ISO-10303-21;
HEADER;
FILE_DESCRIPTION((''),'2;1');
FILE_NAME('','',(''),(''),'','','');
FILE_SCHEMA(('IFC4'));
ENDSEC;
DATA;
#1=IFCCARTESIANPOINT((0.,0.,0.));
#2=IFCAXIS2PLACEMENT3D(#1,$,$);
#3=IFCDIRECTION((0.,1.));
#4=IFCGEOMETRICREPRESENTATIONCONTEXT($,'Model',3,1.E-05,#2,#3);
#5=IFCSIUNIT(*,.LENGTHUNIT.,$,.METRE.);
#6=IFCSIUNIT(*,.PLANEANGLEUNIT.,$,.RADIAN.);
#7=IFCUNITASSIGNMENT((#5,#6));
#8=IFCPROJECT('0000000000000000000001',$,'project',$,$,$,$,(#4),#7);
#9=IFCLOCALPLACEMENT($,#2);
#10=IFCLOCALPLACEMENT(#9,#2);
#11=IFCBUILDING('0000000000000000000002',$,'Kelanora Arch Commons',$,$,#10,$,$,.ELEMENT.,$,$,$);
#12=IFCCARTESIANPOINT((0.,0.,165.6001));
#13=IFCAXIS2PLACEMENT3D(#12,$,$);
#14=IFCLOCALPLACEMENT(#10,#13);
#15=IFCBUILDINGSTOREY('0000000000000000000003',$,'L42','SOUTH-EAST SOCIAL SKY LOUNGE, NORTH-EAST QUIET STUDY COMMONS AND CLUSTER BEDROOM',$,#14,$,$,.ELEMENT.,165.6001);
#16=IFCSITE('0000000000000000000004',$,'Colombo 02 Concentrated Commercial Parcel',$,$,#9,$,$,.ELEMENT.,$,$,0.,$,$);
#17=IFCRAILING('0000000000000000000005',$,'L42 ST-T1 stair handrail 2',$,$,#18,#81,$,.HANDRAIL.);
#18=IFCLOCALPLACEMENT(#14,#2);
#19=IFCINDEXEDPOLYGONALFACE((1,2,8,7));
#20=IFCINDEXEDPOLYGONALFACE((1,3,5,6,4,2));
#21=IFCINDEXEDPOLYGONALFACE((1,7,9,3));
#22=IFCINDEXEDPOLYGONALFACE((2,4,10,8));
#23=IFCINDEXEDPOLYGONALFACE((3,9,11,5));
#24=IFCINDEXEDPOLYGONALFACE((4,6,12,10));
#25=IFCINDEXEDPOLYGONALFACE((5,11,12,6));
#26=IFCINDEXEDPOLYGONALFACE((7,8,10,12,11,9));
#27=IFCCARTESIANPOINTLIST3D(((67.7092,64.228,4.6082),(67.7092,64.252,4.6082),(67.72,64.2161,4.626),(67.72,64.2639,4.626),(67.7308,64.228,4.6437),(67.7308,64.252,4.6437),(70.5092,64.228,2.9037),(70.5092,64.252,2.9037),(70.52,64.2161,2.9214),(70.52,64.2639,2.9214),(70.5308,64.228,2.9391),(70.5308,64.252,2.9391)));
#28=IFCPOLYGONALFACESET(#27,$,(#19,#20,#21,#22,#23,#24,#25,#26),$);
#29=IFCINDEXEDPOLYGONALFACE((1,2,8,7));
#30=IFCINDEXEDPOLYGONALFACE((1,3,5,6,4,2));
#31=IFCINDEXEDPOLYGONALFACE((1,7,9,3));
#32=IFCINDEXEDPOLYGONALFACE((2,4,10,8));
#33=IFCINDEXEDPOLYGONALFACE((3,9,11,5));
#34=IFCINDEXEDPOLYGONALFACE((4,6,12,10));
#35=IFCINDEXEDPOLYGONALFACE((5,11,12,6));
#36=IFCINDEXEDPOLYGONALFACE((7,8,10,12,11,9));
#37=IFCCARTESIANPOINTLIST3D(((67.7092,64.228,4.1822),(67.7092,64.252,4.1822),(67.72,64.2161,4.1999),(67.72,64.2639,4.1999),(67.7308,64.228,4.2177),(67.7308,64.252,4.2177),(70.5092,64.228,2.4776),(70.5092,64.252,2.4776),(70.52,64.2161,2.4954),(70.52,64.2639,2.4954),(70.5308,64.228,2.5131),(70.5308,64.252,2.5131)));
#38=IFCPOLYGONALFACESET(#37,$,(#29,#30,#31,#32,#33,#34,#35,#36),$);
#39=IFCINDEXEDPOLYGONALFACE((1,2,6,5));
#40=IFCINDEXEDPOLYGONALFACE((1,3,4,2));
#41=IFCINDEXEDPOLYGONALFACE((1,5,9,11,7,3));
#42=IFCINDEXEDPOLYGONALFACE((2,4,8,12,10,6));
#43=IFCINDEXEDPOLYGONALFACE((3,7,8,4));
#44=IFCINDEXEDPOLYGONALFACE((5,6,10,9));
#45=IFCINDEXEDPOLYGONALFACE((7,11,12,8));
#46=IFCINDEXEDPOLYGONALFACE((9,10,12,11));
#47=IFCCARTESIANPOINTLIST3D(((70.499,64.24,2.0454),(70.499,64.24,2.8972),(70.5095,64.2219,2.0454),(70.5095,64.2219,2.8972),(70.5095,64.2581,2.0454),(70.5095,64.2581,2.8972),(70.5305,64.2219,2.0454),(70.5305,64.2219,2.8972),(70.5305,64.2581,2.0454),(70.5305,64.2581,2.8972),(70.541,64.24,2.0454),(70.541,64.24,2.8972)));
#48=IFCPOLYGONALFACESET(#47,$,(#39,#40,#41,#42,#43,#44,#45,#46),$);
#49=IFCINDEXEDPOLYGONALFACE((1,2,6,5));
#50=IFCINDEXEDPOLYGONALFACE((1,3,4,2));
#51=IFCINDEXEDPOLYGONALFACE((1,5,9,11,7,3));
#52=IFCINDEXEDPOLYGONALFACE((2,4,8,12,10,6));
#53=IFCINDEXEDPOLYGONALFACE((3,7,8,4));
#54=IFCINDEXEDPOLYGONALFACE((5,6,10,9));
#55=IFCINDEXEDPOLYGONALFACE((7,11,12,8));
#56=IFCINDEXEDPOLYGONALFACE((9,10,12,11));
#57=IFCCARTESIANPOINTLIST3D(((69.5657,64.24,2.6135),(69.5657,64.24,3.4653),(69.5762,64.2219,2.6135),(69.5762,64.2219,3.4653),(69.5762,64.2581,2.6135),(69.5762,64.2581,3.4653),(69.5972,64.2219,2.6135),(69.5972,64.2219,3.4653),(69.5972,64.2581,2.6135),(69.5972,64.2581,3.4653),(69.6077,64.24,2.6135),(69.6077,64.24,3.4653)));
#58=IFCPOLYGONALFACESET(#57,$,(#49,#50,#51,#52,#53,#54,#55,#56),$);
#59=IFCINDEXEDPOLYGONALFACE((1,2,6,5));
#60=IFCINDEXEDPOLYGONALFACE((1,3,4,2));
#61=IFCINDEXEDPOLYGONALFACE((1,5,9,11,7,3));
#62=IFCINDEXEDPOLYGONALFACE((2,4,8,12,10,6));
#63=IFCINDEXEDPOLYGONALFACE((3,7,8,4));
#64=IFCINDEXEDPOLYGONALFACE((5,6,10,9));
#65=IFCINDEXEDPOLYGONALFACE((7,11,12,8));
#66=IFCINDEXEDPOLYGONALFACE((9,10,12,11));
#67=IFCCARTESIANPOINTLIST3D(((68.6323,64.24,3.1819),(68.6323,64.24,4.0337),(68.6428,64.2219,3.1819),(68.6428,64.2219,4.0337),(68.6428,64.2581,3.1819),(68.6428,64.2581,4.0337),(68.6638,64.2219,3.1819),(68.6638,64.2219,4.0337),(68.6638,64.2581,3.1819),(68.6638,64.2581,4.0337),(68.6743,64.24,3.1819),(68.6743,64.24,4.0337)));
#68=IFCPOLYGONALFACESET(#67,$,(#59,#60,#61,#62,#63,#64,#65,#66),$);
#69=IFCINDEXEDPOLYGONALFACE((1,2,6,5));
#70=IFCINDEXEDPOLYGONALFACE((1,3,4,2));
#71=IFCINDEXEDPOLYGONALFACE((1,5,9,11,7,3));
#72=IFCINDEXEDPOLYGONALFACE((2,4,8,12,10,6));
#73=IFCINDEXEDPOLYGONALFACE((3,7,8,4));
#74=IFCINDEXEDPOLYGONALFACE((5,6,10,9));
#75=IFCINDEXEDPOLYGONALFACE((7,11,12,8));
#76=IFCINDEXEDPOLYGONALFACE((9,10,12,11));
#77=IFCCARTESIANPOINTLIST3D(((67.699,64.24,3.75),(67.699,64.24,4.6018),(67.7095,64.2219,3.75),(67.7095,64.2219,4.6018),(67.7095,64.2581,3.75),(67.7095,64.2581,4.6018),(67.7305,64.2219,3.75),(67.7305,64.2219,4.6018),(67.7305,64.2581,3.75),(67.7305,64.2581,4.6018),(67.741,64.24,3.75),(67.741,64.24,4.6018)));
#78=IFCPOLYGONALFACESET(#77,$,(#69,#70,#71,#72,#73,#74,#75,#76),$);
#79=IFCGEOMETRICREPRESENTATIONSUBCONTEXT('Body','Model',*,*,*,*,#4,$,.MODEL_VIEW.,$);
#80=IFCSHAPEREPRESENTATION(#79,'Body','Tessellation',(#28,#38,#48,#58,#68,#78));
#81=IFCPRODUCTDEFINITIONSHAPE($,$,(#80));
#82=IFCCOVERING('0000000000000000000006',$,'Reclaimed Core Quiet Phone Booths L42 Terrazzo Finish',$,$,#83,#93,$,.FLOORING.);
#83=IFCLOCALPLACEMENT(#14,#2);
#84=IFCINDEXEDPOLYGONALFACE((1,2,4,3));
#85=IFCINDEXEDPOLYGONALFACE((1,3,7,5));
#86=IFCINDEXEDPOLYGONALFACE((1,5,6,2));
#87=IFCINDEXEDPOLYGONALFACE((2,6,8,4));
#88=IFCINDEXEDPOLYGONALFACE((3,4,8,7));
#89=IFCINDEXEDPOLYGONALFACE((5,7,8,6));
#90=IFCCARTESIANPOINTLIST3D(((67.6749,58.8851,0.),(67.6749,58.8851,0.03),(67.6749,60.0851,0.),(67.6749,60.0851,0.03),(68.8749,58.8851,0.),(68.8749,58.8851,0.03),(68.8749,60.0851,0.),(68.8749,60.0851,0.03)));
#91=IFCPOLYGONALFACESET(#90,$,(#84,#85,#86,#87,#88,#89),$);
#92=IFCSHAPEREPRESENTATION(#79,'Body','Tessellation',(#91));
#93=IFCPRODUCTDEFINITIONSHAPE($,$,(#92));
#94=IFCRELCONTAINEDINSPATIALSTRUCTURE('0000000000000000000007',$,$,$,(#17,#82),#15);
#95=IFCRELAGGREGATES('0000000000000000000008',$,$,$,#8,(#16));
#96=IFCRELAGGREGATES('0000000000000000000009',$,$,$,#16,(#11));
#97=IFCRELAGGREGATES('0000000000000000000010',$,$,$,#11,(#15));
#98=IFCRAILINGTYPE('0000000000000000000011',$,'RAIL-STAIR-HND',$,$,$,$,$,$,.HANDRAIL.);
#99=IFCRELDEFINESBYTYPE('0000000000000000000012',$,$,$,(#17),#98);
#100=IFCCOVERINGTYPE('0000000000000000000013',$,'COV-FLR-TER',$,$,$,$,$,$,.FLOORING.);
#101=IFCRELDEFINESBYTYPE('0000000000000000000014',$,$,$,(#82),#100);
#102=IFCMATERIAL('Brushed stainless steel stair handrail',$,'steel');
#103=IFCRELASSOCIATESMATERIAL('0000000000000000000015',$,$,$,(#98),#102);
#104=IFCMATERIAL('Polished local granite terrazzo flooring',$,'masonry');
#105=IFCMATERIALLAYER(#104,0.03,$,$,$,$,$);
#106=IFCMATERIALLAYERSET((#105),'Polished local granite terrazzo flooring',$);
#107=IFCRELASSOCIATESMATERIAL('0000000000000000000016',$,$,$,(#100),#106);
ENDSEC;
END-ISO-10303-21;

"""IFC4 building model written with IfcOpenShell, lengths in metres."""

from ifc_helpers import new_model, si_unit, direction, frame, origin, origin_2d, place, context, subcontext, project, spatial, polyline, rectangle, outline, extrude, source, transform, mapped, material, layer, layer_set, type_object, element, save


model = new_model("IFC4")

# Units and contexts
model_context = context("Model", 3, precision=1e-05, world=origin(), true_north=direction((0.0, 1.0)))
body_context = subcontext(model_context, "Body", "Model", "MODEL_VIEW")
ifc_project = project(units=[si_unit("LENGTHUNIT", "METRE"), si_unit("PLANEANGLEUNIT", "RADIAN")], contexts=[model_context])

# Site, building, storey
site_placement = place(None, origin())
site = spatial("IfcSite", under=ifc_project, at=site_placement, Name="Colombo 02 Concentrated Commercial Parcel", CompositionType="ELEMENT", RefElevation=0.0)
building_placement = place(site_placement, origin())
building = spatial("IfcBuilding", under=site, at=building_placement, Name="Kelanora Arch Commons", CompositionType="ELEMENT")
storey_placement = place(building_placement, frame((0.0, 0.0, 165.6001)))
storey = spatial("IfcBuildingStorey", under=building, at=storey_placement, Name="L42", Description="SOUTH-EAST SOCIAL SKY LOUNGE, NORTH-EAST QUIET STUDY COMMONS AND CLUSTER BEDROOM", CompositionType="ELEMENT", Elevation=165.6001)

# Railing
ifc_material_1 = material(Name="Brushed stainless steel stair handrail", Category="steel")
railing_type_1 = type_object("IfcRailingType", Name="RAIL-STAIR-HND", PredefinedType="HANDRAIL", material=ifc_material_1)
railing_1_placement = place(storey_placement, frame((70.52, 64.24, 2.0454)))
element("IfcRailing", 1, at=railing_1_placement, inside=storey, type_object=railing_type_1, Name="L42 ST-T1 stair handrail 2", PredefinedType="HANDRAIL", context=body_context, shape_type="SweptSolid", body=[
    extrude(outline(polyline([(0.0239, 0.0), (0.012, 0.0208), (-0.012, 0.0208), (-0.0239, 0.0), (-0.012, -0.0208), (0.012, -0.0208), (0.0239, 0.0)])), frame((0.0, 0.0, 0.876), z_axis=(-0.85417, 0.0, 0.519994), x_axis=(0.0, -1.0, 0.0)), (0.0, 0.0, 1.0), 3.2781),
    extrude(outline(polyline([(0.0239, 0.0), (0.012, 0.0208), (-0.012, 0.0208), (-0.0239, 0.0), (-0.012, -0.0208), (0.012, -0.0208), (0.0239, 0.0)])), frame((0.0, 0.0, 0.45), z_axis=(-0.85417, 0.0, 0.519994), x_axis=(0.0, -1.0, 0.0)), (0.0, 0.0, 1.0), 3.2781),
    extrude(outline(polyline([(0.021, 0.0), (0.0105, 0.0181), (-0.0105, 0.0181), (-0.021, 0.0), (-0.0105, -0.0181), (0.0105, -0.0181), (0.021, 0.0)])), origin(), (0.0, 0.0, 1.0), 0.8518),
    extrude(outline(polyline([(0.021, 0.0), (0.0105, 0.0181), (-0.0105, 0.0181), (-0.021, 0.0), (-0.0105, -0.0181), (0.0105, -0.0181), (0.021, 0.0)])), frame((-0.9333, 0.0, 0.5681)), (0.0, 0.0, 1.0), 0.8518),
    extrude(outline(polyline([(0.021, 0.0), (0.0105, 0.0181), (-0.0105, 0.0181), (-0.021, 0.0), (-0.0105, -0.0181), (0.0105, -0.0181), (0.021, 0.0)])), frame((-1.8667, 0.0, 1.1365)), (0.0, 0.0, 1.0), 0.8518),
    extrude(outline(polyline([(0.021, 0.0), (0.0105, 0.0181), (-0.0105, 0.0181), (-0.021, 0.0), (-0.0105, -0.0181), (0.0105, -0.0181), (0.021, 0.0)])), frame((-2.8, 0.0, 1.7046)), (0.0, 0.0, 1.0), 0.8518),
])

# Covering
ifc_material_2 = material(Name="Polished local granite terrazzo flooring", Category="masonry")
ifc_layer_1 = layer(ifc_material_2, 0.03)
ifc_layer_set_1 = layer_set([ifc_layer_1], Name="Polished local granite terrazzo flooring")
covering_type = type_object("IfcCoveringType", Name="COV-FLR-TER", PredefinedType="FLOORING", material=ifc_layer_set_1)
shared_shape = source(origin(), body_context, "Body", "SweptSolid", [
    extrude(rectangle(XDim=1.2, YDim=1.2, at=origin_2d()), origin(), (0.0, 0.0, 1.0), 0.03),
])
covering_placement = place(storey_placement, frame((68.2749, 59.4851, 0.0), z_axis=(0.0, 0.0, 1.0), x_axis=(1.0, 0.0, 0.0)))
element("IfcCovering", 2, at=covering_placement, inside=storey, type_object=covering_type, Name="Reclaimed Core Quiet Phone Booths L42 Terrazzo Finish", PredefinedType="FLOORING", context=body_context, shape_type="MappedRepresentation", body=[
    mapped(shared_shape, transform((0.0, 0.0, 0.0), scale=1.0)),
])

save(model, "model.ifc")
